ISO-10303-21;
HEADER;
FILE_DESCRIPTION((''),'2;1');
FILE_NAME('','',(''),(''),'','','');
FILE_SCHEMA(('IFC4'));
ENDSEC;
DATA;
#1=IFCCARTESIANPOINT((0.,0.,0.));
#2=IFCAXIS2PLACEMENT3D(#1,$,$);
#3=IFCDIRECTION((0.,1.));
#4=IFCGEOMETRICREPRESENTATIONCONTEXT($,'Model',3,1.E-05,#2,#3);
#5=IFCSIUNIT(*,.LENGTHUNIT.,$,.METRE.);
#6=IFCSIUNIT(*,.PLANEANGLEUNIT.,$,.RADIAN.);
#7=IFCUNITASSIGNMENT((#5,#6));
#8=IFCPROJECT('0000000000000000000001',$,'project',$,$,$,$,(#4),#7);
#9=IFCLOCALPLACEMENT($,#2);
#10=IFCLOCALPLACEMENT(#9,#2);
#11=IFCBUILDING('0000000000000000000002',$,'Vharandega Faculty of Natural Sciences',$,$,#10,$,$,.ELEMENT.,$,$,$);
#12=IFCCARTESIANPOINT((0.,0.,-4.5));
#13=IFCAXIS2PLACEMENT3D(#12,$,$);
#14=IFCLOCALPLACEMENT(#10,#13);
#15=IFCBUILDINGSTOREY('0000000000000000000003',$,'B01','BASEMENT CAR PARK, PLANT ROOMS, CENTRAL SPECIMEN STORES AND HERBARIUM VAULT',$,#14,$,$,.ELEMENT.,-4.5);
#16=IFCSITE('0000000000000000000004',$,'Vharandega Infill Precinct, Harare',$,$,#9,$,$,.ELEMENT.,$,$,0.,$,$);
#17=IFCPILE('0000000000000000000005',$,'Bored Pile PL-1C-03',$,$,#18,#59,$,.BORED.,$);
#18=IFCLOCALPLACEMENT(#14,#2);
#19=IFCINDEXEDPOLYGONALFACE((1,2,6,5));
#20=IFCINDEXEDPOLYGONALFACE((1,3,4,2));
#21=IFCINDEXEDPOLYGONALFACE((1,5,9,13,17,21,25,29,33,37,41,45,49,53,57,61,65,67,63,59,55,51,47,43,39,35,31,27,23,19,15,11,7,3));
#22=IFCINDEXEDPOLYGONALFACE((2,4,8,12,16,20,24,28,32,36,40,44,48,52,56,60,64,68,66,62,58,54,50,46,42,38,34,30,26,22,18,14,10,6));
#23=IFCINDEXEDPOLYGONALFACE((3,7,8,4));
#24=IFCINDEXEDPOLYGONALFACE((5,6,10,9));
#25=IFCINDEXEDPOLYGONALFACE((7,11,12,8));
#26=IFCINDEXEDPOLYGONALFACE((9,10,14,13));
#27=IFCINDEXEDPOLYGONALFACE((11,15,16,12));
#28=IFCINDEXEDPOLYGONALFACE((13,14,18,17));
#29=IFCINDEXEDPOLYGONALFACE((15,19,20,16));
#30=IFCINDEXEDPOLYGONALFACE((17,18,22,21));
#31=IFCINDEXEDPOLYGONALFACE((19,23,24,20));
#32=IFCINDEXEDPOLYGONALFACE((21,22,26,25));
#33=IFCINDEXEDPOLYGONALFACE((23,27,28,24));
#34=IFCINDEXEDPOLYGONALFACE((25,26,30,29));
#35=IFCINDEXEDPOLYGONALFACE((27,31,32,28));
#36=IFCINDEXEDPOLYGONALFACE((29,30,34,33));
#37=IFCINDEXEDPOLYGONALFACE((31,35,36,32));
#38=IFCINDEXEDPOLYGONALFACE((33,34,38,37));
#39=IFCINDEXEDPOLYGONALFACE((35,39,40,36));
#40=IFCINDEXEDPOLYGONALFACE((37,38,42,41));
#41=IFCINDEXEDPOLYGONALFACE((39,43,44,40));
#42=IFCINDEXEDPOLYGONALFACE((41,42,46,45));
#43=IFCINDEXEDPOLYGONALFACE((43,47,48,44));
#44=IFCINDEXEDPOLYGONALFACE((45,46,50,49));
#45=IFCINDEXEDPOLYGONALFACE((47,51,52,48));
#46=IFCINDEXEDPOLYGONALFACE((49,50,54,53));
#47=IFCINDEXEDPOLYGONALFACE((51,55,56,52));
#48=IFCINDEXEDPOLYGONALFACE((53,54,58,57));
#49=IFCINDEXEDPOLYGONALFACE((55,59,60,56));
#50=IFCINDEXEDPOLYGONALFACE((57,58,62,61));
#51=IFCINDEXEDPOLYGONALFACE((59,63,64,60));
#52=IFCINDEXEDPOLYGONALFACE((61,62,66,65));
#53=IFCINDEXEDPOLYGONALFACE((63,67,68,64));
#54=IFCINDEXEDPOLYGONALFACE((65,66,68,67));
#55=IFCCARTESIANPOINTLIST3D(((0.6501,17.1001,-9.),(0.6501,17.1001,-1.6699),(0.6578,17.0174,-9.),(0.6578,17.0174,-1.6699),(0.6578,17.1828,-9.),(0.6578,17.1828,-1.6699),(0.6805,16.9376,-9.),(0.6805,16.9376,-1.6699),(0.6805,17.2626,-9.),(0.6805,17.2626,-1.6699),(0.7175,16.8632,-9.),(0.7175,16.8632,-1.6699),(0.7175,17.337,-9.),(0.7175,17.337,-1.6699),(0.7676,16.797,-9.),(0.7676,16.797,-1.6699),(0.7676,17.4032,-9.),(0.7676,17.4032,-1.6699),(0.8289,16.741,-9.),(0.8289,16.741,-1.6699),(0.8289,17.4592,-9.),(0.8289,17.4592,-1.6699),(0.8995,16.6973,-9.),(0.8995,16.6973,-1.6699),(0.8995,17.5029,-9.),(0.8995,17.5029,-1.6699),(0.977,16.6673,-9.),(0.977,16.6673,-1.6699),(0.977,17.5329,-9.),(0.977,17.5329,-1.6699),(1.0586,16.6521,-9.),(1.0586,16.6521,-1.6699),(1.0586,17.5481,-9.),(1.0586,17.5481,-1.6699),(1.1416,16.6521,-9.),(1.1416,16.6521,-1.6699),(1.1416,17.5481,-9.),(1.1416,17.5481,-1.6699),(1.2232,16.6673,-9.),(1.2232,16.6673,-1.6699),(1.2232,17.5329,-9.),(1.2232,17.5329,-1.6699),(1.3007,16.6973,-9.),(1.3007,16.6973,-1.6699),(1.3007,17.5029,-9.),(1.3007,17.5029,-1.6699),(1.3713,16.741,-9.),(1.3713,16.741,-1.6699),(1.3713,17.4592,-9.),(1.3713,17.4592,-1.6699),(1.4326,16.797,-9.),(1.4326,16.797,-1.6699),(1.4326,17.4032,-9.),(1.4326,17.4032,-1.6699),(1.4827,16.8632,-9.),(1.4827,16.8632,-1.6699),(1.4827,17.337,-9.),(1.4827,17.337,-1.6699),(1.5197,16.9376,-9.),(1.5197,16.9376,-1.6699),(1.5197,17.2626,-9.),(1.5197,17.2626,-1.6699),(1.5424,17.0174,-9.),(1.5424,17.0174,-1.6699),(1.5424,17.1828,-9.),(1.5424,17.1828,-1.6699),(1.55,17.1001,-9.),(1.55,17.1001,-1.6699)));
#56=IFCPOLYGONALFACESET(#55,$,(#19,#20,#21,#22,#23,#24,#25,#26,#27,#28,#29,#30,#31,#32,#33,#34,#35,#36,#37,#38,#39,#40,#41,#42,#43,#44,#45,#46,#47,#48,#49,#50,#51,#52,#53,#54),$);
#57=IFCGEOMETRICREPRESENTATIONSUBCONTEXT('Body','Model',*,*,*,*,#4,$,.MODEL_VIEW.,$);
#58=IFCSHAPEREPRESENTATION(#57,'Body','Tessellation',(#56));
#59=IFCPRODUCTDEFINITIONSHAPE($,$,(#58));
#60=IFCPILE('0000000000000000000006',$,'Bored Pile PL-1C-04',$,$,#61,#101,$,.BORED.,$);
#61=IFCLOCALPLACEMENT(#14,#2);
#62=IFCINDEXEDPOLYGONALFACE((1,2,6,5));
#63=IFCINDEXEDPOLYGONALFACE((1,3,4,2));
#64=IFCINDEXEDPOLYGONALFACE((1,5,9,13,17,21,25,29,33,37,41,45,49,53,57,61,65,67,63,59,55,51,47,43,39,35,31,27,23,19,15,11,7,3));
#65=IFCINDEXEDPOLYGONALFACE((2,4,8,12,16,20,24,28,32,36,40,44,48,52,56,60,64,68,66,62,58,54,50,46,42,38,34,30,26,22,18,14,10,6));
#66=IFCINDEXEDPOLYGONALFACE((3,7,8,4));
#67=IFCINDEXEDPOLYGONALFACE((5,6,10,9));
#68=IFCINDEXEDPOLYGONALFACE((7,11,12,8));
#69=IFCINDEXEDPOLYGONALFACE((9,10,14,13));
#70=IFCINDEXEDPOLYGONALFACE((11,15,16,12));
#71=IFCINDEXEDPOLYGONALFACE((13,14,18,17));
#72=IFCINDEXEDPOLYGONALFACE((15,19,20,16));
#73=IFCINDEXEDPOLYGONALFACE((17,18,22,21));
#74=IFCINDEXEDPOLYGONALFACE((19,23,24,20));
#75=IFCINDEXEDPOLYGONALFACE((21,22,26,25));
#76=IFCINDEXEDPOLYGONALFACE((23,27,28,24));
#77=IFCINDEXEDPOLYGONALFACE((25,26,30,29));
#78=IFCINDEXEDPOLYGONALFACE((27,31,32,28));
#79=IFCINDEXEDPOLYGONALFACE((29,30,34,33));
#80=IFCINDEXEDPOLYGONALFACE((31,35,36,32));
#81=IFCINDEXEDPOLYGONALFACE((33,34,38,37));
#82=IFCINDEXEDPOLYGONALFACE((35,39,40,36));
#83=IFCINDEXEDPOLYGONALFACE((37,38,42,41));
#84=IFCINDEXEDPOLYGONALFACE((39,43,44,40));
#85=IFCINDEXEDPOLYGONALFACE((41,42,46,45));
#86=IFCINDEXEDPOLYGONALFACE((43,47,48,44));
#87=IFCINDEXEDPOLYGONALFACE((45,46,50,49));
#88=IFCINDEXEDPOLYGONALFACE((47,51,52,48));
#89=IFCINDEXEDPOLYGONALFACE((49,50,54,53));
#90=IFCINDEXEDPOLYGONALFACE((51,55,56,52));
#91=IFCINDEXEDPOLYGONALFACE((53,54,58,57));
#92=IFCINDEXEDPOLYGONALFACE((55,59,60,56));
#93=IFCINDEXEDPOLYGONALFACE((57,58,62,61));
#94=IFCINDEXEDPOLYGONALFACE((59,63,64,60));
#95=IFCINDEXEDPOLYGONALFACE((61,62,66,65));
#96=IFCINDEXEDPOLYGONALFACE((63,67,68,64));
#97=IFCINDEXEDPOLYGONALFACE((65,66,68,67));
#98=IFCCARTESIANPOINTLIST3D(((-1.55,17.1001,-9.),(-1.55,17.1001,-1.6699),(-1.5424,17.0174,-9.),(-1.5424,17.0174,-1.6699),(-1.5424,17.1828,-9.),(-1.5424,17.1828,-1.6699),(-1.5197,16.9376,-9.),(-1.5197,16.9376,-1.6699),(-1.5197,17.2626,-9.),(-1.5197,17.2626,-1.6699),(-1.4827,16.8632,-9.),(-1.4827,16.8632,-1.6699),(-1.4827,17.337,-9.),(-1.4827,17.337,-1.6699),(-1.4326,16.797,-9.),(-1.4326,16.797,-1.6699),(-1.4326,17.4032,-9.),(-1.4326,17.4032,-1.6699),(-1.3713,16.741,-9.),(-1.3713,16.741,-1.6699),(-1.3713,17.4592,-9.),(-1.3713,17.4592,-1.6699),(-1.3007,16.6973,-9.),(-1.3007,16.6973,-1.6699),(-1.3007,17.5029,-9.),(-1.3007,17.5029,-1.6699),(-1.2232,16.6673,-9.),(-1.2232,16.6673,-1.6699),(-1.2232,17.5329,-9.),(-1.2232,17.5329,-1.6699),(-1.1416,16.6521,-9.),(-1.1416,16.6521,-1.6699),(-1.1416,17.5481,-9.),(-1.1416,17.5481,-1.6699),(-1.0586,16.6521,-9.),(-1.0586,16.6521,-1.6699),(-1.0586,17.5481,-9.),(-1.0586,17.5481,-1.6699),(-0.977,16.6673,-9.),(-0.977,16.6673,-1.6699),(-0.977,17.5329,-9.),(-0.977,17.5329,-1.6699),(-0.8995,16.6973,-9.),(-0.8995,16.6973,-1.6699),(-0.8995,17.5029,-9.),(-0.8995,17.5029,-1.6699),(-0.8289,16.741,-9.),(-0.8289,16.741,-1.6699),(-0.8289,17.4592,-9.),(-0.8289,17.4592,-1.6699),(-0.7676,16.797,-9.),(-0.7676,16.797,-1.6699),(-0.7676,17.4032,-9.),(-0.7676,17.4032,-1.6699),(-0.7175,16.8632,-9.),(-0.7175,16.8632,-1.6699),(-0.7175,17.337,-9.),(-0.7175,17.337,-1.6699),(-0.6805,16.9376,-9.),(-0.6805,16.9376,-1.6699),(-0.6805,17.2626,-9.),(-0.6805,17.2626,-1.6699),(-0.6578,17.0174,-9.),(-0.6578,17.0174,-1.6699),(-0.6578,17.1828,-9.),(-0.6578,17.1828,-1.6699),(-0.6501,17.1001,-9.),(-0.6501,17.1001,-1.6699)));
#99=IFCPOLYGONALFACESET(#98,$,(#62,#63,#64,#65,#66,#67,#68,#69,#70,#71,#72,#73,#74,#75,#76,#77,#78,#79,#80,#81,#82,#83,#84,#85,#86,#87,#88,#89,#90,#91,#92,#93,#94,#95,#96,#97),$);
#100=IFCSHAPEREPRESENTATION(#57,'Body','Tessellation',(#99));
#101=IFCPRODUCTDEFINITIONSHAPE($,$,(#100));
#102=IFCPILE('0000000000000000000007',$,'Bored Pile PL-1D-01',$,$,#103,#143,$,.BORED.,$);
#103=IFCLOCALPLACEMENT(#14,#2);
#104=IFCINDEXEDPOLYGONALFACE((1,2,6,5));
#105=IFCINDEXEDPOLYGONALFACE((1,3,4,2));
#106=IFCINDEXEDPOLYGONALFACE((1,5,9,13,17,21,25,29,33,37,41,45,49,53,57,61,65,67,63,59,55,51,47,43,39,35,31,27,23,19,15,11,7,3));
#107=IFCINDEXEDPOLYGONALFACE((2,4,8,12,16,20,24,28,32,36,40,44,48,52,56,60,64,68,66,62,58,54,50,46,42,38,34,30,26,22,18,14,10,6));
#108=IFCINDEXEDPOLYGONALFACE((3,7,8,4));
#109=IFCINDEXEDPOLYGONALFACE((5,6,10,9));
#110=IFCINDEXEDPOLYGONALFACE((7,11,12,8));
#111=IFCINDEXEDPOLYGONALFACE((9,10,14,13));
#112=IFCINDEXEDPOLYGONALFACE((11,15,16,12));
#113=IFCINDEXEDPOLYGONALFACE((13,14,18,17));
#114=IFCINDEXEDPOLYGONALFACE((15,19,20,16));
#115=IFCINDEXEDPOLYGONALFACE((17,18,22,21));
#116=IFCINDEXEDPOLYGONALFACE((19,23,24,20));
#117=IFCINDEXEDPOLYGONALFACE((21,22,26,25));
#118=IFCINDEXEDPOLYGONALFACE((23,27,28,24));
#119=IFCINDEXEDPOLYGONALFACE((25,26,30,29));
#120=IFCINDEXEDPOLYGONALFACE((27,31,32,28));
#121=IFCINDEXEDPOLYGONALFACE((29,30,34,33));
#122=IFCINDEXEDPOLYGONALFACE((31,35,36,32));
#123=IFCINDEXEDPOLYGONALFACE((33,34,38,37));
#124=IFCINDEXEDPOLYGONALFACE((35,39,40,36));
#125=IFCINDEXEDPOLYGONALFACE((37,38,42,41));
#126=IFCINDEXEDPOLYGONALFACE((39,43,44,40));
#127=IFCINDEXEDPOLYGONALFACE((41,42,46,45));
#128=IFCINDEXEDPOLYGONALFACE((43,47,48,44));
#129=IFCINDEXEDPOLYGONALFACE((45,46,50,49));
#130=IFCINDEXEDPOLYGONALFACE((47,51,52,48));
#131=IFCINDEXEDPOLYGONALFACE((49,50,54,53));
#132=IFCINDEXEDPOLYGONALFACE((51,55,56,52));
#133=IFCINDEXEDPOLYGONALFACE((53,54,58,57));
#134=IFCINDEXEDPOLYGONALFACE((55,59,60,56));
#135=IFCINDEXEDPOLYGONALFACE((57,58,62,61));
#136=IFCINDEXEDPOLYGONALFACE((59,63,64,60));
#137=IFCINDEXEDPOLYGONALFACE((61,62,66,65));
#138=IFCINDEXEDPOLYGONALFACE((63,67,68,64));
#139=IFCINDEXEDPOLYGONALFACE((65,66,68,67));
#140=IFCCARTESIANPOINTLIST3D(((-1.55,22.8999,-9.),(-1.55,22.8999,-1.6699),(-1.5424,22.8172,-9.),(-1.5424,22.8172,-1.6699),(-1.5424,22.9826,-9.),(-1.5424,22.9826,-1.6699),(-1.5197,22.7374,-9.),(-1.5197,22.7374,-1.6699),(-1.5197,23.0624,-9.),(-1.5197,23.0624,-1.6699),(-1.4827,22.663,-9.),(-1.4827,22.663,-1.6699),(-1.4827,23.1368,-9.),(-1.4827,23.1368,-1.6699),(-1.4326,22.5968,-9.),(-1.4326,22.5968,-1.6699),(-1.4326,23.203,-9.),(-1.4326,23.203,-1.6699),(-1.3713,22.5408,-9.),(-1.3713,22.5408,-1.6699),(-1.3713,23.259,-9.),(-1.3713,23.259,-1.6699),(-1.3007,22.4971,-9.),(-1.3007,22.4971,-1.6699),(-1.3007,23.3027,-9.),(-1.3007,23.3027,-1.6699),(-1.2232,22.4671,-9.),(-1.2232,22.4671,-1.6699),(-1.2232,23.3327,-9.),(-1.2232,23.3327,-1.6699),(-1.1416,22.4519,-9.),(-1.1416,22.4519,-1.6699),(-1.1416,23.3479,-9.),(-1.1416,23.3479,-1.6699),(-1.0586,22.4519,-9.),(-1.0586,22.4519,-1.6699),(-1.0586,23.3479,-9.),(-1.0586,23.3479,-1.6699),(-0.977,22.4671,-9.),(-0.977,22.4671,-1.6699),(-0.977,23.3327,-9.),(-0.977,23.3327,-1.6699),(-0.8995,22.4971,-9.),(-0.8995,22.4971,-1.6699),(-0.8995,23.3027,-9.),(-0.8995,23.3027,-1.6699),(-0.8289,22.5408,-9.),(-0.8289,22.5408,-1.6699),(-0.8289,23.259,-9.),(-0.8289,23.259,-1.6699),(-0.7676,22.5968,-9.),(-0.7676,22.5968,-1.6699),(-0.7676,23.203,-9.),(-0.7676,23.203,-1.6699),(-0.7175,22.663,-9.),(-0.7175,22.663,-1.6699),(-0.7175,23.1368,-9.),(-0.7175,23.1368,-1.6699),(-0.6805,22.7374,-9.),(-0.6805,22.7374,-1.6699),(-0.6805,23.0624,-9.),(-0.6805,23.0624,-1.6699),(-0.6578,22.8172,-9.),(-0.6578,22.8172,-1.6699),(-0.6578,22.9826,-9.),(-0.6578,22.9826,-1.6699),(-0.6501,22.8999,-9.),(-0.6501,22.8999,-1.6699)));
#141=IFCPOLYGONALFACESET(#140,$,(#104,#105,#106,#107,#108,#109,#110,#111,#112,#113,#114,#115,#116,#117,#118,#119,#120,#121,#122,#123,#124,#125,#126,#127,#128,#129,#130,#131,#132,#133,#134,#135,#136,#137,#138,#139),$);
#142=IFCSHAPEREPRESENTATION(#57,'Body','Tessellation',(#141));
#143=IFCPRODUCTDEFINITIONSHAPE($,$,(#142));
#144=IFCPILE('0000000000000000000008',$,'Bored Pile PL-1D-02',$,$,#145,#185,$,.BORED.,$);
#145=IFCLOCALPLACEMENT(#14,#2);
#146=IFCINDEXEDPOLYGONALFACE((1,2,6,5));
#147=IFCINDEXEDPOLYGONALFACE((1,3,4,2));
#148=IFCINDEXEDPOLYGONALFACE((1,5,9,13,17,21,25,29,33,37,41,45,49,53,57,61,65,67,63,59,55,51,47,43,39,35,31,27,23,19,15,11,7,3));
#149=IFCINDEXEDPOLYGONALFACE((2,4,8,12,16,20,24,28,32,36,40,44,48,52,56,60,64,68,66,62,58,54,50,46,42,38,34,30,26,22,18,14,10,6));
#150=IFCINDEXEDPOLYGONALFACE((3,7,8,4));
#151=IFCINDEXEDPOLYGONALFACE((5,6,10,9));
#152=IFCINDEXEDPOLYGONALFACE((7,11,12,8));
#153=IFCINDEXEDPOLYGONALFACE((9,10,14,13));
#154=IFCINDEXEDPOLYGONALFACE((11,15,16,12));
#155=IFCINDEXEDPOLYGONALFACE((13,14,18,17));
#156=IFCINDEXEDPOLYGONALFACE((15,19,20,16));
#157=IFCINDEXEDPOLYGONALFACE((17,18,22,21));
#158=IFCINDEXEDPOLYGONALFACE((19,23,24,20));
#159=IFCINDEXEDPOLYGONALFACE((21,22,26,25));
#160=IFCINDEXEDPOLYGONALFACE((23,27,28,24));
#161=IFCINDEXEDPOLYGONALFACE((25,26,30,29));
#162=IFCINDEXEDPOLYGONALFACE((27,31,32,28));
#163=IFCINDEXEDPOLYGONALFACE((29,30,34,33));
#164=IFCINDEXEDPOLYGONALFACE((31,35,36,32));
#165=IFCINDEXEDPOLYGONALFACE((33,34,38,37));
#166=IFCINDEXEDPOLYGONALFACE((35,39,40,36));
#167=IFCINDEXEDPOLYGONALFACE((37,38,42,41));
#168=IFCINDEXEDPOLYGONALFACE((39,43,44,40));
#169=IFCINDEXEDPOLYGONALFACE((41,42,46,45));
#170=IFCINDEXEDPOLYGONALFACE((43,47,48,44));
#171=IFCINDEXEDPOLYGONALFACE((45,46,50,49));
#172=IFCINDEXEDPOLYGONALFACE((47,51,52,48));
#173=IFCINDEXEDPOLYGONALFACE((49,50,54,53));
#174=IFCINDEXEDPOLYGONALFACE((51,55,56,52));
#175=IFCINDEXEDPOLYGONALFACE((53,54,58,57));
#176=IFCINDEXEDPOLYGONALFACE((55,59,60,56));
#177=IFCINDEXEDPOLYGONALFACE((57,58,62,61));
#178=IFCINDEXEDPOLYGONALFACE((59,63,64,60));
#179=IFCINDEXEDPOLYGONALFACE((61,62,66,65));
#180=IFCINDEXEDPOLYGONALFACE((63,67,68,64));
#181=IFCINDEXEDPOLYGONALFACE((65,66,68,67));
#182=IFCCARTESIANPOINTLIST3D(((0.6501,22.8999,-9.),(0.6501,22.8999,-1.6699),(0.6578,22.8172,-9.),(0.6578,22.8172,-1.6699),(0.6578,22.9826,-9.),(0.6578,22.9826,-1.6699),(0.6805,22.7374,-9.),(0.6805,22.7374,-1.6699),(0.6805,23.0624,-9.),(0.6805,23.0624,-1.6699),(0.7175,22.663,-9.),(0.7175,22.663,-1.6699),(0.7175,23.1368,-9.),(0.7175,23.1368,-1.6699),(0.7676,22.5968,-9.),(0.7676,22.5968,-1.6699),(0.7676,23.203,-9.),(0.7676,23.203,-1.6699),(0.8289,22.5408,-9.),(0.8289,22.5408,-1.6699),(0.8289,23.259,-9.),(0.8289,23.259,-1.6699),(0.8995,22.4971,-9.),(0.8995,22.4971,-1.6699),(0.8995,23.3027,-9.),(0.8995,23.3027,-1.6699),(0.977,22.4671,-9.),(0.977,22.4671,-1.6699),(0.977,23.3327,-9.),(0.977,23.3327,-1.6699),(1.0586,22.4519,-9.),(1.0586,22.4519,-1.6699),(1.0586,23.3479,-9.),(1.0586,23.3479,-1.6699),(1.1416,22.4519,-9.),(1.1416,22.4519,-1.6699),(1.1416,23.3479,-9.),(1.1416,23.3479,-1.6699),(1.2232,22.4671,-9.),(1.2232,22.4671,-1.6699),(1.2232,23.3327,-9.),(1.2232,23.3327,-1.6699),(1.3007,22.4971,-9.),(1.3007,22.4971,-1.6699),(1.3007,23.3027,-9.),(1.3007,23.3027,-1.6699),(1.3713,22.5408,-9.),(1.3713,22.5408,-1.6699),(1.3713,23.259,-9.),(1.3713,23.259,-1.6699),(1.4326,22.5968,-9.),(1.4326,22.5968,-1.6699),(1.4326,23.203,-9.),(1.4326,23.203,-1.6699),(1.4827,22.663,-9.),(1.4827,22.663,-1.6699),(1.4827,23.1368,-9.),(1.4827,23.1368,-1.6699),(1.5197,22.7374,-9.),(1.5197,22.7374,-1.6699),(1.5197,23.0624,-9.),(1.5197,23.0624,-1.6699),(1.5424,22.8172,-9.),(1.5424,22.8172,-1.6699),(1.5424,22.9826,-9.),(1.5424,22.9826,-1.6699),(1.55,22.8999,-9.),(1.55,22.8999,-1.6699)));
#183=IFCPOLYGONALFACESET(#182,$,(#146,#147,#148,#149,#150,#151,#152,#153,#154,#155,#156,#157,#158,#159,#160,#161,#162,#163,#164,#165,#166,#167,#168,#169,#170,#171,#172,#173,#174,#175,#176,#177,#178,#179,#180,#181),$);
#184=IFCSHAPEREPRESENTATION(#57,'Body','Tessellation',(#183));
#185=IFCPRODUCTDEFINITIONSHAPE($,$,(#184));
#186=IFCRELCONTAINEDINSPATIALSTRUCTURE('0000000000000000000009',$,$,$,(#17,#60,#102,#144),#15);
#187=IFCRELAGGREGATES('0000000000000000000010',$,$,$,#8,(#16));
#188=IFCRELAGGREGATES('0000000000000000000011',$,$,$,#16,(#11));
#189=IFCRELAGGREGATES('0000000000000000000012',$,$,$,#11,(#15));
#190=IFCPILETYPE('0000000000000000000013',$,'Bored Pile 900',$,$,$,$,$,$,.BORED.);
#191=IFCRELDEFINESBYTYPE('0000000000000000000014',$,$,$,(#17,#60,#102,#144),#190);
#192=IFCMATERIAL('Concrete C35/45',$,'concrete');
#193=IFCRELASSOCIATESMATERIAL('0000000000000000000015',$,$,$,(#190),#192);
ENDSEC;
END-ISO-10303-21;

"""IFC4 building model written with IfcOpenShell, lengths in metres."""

from ifc_helpers import new_model, si_unit, direction, frame, origin, origin_2d, place, context, subcontext, project, spatial, circle, extrude, material, material_profile, profile_set, type_object, element, save


model = new_model("IFC4")

# Units and contexts
model_context = context("Model", 3, precision=1e-05, world=origin(), true_north=direction((0.0, 1.0)))
body_context = subcontext(model_context, "Body", "Model", "MODEL_VIEW")
ifc_project = project(units=[si_unit("LENGTHUNIT", "METRE"), si_unit("PLANEANGLEUNIT", "RADIAN")], contexts=[model_context])

# Site, building, storey
site_placement = place(None, origin())
site = spatial("IfcSite", under=ifc_project, at=site_placement, Name="Vharandega Infill Precinct, Harare", CompositionType="ELEMENT", RefElevation=0.0)
building_placement = place(site_placement, origin())
building = spatial("IfcBuilding", under=site, at=building_placement, Name="Vharandega Faculty of Natural Sciences", CompositionType="ELEMENT")
storey_placement = place(building_placement, frame((0.0, 0.0, -4.5)))
storey = spatial("IfcBuildingStorey", under=building, at=storey_placement, Name="B01", Description="BASEMENT CAR PARK, PLANT ROOMS, CENTRAL SPECIMEN STORES AND HERBARIUM VAULT", CompositionType="ELEMENT", Elevation=-4.5)

# Piles
ifc_material_1 = material(Name="Concrete C35/45", Category="concrete")
ifc_material_profile_1 = material_profile(ifc_material_1, circle(Radius=0.45, at=origin_2d()), Name="PILE 900")
ifc_profile_set_1 = profile_set([ifc_material_profile_1], Name="Concrete C35/45")
pile_type = type_object("IfcPileType", Name="Bored Pile 900", PredefinedType="BORED", material=ifc_profile_set_1)
for number, where, z_axis, x_axis, name in (
    (1, (1.1001, 17.1001, -1.6699), (0.0, 0.0, -1.0), (1.0, 0.0, 0.0), "Bored Pile PL-1C-03"),
    (2, (-1.1001, 17.1001, -1.6699), (0.0, 0.0, -1.0), (1.0, 0.0, 0.0), "Bored Pile PL-1C-04"),
    (3, (-1.1001, 22.8999, -1.6699), (0.0, 0.0, -1.0), (1.0, 0.0, 0.0), "Bored Pile PL-1D-01"),
    (4, (1.1001, 22.8999, -1.6699), (0.0, 0.0, -1.0), (1.0, 0.0, 0.0), "Bored Pile PL-1D-02"),
):
    element("IfcPile", number, at=place(storey_placement, frame(where, z_axis=z_axis, x_axis=x_axis)), inside=storey, type_object=pile_type, Name=name, PredefinedType="BORED", context=body_context, shape_type="SweptSolid", body=[
        extrude(circle(Radius=0.45, at=origin_2d()), origin(), (0.0, 0.0, 1.0), 7.3301),
    ])

save(model, "model.ifc")
